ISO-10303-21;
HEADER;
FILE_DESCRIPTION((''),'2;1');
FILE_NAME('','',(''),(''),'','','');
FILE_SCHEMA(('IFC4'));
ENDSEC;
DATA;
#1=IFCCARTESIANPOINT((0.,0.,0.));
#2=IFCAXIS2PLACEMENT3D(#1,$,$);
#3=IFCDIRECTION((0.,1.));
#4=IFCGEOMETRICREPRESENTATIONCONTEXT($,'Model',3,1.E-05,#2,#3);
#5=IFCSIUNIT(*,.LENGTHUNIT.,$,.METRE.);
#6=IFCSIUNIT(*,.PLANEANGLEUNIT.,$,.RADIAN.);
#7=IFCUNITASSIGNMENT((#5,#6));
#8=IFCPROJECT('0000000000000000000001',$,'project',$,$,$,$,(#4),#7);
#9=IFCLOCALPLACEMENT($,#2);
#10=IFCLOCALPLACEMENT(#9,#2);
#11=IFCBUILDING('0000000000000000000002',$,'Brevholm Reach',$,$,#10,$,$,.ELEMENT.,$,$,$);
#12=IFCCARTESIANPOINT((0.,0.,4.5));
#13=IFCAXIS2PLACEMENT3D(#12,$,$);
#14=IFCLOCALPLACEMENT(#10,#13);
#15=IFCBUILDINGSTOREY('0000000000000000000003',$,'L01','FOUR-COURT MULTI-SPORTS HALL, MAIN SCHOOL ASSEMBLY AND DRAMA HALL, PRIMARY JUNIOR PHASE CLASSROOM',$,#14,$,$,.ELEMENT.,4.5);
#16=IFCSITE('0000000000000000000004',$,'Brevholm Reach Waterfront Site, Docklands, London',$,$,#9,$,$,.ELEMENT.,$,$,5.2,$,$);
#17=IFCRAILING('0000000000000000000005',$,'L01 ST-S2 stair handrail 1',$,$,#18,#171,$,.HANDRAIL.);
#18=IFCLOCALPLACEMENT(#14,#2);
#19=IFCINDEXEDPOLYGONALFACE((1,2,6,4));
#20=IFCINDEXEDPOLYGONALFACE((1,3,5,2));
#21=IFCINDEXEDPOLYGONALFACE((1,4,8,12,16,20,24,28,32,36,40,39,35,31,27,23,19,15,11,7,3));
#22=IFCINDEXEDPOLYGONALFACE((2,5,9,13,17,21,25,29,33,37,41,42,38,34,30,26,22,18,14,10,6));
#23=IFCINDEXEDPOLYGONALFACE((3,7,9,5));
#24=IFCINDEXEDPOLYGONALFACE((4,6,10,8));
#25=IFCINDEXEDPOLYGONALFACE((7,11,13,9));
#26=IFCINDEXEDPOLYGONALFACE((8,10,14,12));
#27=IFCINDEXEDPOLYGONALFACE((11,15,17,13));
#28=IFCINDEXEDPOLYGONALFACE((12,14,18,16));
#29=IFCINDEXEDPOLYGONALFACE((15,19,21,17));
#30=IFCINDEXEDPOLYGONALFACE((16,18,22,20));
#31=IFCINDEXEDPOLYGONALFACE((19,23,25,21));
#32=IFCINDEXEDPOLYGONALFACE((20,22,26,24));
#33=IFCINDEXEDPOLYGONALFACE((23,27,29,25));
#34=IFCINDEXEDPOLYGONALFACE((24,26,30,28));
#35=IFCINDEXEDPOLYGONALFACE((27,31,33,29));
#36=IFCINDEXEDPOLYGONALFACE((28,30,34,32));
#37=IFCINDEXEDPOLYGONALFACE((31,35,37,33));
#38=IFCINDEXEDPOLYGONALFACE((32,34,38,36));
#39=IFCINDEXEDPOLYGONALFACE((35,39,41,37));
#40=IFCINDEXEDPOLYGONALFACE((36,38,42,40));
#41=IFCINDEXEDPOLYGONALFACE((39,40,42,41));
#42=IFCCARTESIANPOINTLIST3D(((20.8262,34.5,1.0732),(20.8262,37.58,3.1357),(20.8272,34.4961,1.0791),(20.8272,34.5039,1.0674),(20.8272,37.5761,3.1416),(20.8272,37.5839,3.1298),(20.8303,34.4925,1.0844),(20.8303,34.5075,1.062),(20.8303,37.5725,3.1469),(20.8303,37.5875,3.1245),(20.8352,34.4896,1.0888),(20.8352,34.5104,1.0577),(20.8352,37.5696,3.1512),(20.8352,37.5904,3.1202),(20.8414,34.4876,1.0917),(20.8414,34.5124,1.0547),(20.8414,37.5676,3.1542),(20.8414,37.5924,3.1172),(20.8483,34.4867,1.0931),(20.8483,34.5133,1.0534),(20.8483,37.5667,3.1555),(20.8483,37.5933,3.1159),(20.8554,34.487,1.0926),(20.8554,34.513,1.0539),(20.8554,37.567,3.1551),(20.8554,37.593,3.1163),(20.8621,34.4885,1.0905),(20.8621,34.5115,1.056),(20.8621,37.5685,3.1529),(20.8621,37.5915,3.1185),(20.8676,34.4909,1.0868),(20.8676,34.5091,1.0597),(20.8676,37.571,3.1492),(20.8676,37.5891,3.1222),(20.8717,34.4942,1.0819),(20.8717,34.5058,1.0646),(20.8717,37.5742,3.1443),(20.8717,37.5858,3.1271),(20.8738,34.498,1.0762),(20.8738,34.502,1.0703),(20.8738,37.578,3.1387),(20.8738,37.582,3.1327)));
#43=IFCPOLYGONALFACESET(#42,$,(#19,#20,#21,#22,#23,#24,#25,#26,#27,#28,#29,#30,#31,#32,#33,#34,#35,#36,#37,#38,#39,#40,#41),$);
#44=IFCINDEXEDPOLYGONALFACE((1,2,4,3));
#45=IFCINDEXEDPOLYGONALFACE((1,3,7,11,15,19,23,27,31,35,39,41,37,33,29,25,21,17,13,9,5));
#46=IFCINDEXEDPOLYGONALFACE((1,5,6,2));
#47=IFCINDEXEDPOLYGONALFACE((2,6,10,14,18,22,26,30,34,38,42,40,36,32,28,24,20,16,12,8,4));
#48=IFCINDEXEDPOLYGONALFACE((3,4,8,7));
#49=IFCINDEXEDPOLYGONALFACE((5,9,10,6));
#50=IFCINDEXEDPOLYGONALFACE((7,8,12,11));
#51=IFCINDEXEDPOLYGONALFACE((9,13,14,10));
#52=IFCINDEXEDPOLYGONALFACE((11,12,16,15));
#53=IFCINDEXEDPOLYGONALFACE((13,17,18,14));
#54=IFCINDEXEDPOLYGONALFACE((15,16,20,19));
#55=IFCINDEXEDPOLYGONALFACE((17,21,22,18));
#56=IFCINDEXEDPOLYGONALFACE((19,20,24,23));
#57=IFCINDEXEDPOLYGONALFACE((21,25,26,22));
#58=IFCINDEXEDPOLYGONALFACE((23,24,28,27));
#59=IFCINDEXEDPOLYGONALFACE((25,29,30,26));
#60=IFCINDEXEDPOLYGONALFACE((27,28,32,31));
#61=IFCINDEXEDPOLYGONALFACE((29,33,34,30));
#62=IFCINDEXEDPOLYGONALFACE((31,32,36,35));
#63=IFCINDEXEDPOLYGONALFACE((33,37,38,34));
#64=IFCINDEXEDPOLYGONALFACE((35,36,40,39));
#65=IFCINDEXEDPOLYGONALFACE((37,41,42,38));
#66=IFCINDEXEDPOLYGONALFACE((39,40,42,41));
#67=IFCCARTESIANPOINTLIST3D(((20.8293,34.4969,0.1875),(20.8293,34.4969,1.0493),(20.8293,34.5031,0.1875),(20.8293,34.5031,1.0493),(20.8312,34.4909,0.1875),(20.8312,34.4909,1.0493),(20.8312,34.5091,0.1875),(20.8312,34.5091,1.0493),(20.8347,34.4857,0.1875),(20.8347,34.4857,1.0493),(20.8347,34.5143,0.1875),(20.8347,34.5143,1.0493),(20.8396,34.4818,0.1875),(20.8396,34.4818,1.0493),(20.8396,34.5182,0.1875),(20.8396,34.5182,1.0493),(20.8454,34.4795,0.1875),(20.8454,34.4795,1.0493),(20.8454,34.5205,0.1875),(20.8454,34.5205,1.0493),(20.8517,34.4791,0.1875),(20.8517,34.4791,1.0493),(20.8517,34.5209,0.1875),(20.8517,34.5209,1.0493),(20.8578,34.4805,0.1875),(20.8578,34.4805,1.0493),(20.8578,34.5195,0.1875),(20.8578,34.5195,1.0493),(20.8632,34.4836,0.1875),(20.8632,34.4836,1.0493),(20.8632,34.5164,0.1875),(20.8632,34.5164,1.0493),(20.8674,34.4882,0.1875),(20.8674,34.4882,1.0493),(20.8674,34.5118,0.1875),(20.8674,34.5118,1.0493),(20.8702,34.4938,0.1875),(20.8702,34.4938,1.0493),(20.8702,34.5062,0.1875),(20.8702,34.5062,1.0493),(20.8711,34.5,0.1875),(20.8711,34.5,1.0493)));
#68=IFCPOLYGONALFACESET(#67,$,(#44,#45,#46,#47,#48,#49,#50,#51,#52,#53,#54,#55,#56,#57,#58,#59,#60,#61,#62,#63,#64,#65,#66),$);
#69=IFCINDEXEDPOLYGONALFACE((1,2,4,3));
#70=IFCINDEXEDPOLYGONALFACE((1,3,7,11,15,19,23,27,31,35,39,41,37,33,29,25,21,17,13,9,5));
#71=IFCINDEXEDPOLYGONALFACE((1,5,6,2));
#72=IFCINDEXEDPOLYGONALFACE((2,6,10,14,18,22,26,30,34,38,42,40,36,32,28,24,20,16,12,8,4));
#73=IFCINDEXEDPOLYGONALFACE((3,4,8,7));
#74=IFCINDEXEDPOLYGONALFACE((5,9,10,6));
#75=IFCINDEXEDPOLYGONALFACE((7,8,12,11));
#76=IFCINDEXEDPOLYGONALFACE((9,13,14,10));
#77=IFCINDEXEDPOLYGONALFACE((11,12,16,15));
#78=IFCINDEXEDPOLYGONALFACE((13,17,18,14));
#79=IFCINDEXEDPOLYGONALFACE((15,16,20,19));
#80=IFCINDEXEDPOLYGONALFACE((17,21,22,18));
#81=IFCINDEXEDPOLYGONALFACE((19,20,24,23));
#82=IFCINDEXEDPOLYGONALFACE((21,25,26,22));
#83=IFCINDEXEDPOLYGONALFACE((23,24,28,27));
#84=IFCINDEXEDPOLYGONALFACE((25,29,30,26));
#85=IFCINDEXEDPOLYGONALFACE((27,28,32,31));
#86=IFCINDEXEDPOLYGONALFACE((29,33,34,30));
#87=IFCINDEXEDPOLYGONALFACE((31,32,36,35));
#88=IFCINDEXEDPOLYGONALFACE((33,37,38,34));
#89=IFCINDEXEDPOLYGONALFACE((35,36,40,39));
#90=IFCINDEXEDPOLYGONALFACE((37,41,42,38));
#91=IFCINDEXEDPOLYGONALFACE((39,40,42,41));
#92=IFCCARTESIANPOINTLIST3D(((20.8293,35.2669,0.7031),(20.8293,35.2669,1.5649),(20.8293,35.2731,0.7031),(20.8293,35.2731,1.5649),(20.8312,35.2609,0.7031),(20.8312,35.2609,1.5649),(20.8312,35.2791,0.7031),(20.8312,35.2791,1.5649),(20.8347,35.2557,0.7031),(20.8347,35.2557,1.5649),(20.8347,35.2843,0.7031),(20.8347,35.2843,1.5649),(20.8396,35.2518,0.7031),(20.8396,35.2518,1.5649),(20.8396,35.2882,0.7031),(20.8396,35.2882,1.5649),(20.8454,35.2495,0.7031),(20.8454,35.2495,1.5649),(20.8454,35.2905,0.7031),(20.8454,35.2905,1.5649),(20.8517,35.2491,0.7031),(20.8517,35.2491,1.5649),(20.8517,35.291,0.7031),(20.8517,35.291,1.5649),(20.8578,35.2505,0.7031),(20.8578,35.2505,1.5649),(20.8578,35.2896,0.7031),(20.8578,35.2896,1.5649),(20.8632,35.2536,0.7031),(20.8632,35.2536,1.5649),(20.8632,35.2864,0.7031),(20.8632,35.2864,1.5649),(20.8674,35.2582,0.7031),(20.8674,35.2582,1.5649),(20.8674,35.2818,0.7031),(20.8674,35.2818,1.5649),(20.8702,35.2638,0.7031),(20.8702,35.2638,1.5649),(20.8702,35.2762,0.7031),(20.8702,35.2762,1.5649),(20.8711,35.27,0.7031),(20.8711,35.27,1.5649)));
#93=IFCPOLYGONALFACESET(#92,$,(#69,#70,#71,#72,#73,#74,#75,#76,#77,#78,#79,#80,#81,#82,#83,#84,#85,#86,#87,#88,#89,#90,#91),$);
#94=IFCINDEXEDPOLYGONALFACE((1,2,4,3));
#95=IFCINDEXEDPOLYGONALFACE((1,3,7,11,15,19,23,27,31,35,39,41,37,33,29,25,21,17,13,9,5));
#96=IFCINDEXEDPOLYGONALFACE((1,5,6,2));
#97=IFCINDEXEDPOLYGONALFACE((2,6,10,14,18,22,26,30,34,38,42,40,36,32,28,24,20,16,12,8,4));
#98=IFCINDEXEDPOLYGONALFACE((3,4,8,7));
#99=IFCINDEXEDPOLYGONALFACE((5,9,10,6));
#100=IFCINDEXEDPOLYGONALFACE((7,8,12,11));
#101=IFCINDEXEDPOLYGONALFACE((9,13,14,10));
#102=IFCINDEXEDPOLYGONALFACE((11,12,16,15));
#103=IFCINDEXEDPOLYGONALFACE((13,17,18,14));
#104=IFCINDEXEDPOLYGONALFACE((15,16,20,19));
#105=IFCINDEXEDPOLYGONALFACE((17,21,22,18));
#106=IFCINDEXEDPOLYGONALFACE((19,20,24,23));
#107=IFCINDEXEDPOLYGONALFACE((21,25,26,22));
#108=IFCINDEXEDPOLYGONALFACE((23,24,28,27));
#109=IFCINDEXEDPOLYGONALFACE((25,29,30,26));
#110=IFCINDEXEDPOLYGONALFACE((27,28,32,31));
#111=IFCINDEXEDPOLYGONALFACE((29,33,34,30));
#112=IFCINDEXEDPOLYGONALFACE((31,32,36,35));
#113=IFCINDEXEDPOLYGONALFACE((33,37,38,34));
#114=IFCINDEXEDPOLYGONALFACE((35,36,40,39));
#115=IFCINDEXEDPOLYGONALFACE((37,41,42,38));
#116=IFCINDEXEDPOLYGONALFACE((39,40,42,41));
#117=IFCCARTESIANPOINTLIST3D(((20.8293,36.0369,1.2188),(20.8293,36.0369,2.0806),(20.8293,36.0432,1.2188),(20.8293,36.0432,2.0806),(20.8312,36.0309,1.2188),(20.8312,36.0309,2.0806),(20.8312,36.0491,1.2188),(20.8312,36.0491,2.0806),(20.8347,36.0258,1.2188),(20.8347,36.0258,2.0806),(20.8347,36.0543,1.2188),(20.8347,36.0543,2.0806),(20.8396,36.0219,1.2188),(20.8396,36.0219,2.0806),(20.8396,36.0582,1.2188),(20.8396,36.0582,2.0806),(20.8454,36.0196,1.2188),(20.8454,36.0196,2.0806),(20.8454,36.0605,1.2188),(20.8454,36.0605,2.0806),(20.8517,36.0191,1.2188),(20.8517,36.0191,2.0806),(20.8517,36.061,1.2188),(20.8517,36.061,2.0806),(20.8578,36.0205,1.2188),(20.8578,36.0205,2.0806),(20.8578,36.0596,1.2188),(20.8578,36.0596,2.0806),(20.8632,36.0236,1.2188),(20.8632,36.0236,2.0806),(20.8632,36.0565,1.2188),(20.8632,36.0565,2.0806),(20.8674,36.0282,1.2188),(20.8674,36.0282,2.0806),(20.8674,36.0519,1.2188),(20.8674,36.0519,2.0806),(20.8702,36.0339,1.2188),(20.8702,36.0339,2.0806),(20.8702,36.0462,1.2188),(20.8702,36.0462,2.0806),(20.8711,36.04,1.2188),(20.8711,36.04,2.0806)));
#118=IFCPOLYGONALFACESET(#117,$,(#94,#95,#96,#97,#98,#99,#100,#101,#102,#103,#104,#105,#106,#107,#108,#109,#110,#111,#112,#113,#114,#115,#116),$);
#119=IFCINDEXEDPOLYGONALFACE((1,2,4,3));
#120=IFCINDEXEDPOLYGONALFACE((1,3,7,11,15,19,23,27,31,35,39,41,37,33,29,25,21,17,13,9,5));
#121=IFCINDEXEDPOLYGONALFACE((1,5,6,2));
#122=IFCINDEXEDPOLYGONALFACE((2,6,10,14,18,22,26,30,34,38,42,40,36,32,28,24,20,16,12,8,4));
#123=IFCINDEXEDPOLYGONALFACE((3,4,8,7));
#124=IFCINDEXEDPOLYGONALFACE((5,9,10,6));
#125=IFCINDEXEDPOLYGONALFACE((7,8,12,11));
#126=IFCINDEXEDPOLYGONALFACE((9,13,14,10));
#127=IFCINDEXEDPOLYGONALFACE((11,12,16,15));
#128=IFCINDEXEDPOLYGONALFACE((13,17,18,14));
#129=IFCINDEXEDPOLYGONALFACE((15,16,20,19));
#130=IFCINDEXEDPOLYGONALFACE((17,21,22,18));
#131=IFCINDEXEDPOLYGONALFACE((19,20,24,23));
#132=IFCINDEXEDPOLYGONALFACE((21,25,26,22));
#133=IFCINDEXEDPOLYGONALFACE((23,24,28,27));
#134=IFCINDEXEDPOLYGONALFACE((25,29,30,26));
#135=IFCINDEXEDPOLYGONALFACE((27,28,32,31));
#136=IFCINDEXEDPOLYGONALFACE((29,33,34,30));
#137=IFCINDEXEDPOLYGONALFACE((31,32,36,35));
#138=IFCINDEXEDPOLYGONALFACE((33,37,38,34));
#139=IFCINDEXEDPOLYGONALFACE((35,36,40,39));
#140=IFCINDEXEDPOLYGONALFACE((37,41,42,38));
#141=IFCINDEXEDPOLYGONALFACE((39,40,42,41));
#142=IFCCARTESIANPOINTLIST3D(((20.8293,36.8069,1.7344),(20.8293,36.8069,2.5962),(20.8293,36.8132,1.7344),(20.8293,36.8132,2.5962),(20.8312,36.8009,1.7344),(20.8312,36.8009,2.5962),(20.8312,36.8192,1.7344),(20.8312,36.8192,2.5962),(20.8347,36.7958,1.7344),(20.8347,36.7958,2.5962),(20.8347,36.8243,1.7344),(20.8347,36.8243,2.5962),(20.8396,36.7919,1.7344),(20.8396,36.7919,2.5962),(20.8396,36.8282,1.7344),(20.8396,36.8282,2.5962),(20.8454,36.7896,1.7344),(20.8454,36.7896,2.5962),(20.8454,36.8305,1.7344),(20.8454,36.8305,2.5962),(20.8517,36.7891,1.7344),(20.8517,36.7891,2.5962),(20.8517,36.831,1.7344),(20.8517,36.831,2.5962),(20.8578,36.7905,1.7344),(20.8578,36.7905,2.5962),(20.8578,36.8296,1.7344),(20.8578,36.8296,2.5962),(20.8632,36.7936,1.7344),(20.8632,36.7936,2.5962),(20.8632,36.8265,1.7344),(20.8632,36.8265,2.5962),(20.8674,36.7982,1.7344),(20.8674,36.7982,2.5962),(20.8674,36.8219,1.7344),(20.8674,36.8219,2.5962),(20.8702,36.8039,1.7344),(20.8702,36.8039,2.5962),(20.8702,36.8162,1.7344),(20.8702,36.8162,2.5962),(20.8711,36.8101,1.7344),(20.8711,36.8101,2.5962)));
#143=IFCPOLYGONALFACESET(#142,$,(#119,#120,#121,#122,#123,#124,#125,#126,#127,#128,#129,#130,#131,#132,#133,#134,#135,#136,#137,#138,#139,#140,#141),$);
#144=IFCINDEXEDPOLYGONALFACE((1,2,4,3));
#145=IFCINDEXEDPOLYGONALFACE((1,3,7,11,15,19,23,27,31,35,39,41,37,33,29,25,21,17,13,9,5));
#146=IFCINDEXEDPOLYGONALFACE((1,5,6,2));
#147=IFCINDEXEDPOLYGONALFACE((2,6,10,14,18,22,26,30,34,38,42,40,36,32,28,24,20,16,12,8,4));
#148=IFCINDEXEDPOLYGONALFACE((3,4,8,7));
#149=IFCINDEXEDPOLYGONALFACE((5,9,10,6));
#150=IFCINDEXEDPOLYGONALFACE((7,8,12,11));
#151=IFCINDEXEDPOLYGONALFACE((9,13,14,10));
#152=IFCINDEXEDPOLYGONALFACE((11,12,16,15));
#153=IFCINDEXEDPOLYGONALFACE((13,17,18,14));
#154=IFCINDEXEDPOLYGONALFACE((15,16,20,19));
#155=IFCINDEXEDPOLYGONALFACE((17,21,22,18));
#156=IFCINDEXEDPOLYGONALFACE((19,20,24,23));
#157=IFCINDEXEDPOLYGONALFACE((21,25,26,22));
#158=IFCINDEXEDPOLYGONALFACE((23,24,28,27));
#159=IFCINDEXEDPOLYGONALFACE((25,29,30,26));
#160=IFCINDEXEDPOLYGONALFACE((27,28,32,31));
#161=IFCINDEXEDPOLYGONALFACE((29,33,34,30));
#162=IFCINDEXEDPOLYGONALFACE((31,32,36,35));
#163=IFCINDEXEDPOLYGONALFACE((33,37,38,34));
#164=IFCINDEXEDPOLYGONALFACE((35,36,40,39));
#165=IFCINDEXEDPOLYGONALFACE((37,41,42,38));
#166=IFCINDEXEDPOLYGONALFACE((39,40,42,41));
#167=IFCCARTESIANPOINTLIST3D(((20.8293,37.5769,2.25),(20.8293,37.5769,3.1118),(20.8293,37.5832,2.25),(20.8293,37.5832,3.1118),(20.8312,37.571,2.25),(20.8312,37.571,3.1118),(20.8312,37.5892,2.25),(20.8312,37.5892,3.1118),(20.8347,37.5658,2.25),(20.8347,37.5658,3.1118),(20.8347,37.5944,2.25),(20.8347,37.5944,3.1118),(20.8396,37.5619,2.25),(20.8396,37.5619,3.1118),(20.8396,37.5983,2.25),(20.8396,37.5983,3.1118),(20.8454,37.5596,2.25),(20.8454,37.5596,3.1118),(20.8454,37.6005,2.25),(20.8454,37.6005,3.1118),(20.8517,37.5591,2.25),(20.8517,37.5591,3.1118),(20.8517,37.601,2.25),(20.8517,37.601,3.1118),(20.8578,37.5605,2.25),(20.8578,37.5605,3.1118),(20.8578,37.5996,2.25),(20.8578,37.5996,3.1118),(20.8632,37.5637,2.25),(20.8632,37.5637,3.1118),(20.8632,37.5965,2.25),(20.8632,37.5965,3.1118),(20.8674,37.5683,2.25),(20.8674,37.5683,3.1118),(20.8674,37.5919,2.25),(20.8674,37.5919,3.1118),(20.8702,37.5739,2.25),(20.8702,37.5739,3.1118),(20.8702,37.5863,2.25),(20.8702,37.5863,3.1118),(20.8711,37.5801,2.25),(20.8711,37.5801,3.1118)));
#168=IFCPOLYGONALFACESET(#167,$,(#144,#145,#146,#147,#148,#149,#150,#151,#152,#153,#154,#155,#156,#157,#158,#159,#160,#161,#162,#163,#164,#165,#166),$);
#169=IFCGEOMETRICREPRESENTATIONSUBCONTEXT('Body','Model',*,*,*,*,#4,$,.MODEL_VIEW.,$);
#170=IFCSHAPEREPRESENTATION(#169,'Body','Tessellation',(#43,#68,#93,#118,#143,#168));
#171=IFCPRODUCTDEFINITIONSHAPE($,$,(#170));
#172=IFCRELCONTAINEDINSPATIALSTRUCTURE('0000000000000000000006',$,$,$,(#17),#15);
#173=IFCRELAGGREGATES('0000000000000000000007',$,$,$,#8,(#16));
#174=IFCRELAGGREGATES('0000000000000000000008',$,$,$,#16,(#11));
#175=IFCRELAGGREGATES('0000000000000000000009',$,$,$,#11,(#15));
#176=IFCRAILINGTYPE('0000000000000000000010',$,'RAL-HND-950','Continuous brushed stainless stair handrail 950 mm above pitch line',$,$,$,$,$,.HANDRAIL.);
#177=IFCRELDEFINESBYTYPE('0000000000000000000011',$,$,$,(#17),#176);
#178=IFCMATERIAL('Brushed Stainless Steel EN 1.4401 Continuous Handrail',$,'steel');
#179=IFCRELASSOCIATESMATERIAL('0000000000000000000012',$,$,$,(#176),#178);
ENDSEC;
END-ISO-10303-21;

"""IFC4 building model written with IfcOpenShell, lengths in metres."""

from ifc_helpers import new_model, si_unit, direction, frame, origin, origin_2d, place, context, subcontext, project, spatial, circle, extrude, material, type_object, element, save


model = new_model("IFC4")

# Units and contexts
model_context = context("Model", 3, precision=1e-05, world=origin(), true_north=direction((0.0, 1.0)))
body_context = subcontext(model_context, "Body", "Model", "MODEL_VIEW")
ifc_project = project(units=[si_unit("LENGTHUNIT", "METRE"), si_unit("PLANEANGLEUNIT", "RADIAN")], contexts=[model_context])

# Site, building, storey
site_placement = place(None, origin())
site = spatial("IfcSite", under=ifc_project, at=site_placement, Name="Brevholm Reach Waterfront Site, Docklands, London", CompositionType="ELEMENT", RefElevation=5.2)
building_placement = place(site_placement, origin())
building = spatial("IfcBuilding", under=site, at=building_placement, Name="Brevholm Reach", CompositionType="ELEMENT")
storey_placement = place(building_placement, frame((0.0, 0.0, 4.5)))
storey = spatial("IfcBuildingStorey", under=building, at=storey_placement, Name="L01", Description="FOUR-COURT MULTI-SPORTS HALL, MAIN SCHOOL ASSEMBLY AND DRAMA HALL, PRIMARY JUNIOR PHASE CLASSROOM", CompositionType="ELEMENT", Elevation=4.5)

# Railing
ifc_material_1 = material(Name="Brushed Stainless Steel EN 1.4401 Continuous Handrail", Category="steel")
railing_type_1 = type_object("IfcRailingType", Name="RAL-HND-950", Description="Continuous brushed stainless stair handrail 950 mm above pitch line", PredefinedType="HANDRAIL", material=ifc_material_1)
for number, where, name in (
    (1, (20.8501, 34.5, 0.1875), "L01 ST-S2 stair handrail 1"),
):
    element("IfcRailing", number, at=place(storey_placement, frame(where)), inside=storey, type_object=railing_type_1, Name=name, PredefinedType="HANDRAIL", context=body_context, shape_type="SweptSolid", body=[
        extrude(circle(Radius=0.0239, at=origin_2d()), frame((0.0, 0.0, 0.8857), z_axis=(0.0, 0.830914, 0.556401), x_axis=(-1.0, 0.0, 0.0)), (0.0, 0.0, 1.0), 3.7068),
        extrude(circle(Radius=0.021, at=origin_2d()), origin(), (0.0, 0.0, 1.0), 0.8618),
        extrude(circle(Radius=0.021, at=origin_2d()), frame((0.0, 0.77, 0.5156)), (0.0, 0.0, 1.0), 0.8618),
        extrude(circle(Radius=0.021, at=origin_2d()), frame((0.0, 1.54, 1.0312)), (0.0, 0.0, 1.0), 0.8618),
        extrude(circle(Radius=0.021, at=origin_2d()), frame((0.0, 2.3101, 1.5469)), (0.0, 0.0, 1.0), 0.8618),
        extrude(circle(Radius=0.021, at=origin_2d()), frame((0.0, 3.0801, 2.0625)), (0.0, 0.0, 1.0), 0.8618),
    ])

save(model, "model.ifc")
